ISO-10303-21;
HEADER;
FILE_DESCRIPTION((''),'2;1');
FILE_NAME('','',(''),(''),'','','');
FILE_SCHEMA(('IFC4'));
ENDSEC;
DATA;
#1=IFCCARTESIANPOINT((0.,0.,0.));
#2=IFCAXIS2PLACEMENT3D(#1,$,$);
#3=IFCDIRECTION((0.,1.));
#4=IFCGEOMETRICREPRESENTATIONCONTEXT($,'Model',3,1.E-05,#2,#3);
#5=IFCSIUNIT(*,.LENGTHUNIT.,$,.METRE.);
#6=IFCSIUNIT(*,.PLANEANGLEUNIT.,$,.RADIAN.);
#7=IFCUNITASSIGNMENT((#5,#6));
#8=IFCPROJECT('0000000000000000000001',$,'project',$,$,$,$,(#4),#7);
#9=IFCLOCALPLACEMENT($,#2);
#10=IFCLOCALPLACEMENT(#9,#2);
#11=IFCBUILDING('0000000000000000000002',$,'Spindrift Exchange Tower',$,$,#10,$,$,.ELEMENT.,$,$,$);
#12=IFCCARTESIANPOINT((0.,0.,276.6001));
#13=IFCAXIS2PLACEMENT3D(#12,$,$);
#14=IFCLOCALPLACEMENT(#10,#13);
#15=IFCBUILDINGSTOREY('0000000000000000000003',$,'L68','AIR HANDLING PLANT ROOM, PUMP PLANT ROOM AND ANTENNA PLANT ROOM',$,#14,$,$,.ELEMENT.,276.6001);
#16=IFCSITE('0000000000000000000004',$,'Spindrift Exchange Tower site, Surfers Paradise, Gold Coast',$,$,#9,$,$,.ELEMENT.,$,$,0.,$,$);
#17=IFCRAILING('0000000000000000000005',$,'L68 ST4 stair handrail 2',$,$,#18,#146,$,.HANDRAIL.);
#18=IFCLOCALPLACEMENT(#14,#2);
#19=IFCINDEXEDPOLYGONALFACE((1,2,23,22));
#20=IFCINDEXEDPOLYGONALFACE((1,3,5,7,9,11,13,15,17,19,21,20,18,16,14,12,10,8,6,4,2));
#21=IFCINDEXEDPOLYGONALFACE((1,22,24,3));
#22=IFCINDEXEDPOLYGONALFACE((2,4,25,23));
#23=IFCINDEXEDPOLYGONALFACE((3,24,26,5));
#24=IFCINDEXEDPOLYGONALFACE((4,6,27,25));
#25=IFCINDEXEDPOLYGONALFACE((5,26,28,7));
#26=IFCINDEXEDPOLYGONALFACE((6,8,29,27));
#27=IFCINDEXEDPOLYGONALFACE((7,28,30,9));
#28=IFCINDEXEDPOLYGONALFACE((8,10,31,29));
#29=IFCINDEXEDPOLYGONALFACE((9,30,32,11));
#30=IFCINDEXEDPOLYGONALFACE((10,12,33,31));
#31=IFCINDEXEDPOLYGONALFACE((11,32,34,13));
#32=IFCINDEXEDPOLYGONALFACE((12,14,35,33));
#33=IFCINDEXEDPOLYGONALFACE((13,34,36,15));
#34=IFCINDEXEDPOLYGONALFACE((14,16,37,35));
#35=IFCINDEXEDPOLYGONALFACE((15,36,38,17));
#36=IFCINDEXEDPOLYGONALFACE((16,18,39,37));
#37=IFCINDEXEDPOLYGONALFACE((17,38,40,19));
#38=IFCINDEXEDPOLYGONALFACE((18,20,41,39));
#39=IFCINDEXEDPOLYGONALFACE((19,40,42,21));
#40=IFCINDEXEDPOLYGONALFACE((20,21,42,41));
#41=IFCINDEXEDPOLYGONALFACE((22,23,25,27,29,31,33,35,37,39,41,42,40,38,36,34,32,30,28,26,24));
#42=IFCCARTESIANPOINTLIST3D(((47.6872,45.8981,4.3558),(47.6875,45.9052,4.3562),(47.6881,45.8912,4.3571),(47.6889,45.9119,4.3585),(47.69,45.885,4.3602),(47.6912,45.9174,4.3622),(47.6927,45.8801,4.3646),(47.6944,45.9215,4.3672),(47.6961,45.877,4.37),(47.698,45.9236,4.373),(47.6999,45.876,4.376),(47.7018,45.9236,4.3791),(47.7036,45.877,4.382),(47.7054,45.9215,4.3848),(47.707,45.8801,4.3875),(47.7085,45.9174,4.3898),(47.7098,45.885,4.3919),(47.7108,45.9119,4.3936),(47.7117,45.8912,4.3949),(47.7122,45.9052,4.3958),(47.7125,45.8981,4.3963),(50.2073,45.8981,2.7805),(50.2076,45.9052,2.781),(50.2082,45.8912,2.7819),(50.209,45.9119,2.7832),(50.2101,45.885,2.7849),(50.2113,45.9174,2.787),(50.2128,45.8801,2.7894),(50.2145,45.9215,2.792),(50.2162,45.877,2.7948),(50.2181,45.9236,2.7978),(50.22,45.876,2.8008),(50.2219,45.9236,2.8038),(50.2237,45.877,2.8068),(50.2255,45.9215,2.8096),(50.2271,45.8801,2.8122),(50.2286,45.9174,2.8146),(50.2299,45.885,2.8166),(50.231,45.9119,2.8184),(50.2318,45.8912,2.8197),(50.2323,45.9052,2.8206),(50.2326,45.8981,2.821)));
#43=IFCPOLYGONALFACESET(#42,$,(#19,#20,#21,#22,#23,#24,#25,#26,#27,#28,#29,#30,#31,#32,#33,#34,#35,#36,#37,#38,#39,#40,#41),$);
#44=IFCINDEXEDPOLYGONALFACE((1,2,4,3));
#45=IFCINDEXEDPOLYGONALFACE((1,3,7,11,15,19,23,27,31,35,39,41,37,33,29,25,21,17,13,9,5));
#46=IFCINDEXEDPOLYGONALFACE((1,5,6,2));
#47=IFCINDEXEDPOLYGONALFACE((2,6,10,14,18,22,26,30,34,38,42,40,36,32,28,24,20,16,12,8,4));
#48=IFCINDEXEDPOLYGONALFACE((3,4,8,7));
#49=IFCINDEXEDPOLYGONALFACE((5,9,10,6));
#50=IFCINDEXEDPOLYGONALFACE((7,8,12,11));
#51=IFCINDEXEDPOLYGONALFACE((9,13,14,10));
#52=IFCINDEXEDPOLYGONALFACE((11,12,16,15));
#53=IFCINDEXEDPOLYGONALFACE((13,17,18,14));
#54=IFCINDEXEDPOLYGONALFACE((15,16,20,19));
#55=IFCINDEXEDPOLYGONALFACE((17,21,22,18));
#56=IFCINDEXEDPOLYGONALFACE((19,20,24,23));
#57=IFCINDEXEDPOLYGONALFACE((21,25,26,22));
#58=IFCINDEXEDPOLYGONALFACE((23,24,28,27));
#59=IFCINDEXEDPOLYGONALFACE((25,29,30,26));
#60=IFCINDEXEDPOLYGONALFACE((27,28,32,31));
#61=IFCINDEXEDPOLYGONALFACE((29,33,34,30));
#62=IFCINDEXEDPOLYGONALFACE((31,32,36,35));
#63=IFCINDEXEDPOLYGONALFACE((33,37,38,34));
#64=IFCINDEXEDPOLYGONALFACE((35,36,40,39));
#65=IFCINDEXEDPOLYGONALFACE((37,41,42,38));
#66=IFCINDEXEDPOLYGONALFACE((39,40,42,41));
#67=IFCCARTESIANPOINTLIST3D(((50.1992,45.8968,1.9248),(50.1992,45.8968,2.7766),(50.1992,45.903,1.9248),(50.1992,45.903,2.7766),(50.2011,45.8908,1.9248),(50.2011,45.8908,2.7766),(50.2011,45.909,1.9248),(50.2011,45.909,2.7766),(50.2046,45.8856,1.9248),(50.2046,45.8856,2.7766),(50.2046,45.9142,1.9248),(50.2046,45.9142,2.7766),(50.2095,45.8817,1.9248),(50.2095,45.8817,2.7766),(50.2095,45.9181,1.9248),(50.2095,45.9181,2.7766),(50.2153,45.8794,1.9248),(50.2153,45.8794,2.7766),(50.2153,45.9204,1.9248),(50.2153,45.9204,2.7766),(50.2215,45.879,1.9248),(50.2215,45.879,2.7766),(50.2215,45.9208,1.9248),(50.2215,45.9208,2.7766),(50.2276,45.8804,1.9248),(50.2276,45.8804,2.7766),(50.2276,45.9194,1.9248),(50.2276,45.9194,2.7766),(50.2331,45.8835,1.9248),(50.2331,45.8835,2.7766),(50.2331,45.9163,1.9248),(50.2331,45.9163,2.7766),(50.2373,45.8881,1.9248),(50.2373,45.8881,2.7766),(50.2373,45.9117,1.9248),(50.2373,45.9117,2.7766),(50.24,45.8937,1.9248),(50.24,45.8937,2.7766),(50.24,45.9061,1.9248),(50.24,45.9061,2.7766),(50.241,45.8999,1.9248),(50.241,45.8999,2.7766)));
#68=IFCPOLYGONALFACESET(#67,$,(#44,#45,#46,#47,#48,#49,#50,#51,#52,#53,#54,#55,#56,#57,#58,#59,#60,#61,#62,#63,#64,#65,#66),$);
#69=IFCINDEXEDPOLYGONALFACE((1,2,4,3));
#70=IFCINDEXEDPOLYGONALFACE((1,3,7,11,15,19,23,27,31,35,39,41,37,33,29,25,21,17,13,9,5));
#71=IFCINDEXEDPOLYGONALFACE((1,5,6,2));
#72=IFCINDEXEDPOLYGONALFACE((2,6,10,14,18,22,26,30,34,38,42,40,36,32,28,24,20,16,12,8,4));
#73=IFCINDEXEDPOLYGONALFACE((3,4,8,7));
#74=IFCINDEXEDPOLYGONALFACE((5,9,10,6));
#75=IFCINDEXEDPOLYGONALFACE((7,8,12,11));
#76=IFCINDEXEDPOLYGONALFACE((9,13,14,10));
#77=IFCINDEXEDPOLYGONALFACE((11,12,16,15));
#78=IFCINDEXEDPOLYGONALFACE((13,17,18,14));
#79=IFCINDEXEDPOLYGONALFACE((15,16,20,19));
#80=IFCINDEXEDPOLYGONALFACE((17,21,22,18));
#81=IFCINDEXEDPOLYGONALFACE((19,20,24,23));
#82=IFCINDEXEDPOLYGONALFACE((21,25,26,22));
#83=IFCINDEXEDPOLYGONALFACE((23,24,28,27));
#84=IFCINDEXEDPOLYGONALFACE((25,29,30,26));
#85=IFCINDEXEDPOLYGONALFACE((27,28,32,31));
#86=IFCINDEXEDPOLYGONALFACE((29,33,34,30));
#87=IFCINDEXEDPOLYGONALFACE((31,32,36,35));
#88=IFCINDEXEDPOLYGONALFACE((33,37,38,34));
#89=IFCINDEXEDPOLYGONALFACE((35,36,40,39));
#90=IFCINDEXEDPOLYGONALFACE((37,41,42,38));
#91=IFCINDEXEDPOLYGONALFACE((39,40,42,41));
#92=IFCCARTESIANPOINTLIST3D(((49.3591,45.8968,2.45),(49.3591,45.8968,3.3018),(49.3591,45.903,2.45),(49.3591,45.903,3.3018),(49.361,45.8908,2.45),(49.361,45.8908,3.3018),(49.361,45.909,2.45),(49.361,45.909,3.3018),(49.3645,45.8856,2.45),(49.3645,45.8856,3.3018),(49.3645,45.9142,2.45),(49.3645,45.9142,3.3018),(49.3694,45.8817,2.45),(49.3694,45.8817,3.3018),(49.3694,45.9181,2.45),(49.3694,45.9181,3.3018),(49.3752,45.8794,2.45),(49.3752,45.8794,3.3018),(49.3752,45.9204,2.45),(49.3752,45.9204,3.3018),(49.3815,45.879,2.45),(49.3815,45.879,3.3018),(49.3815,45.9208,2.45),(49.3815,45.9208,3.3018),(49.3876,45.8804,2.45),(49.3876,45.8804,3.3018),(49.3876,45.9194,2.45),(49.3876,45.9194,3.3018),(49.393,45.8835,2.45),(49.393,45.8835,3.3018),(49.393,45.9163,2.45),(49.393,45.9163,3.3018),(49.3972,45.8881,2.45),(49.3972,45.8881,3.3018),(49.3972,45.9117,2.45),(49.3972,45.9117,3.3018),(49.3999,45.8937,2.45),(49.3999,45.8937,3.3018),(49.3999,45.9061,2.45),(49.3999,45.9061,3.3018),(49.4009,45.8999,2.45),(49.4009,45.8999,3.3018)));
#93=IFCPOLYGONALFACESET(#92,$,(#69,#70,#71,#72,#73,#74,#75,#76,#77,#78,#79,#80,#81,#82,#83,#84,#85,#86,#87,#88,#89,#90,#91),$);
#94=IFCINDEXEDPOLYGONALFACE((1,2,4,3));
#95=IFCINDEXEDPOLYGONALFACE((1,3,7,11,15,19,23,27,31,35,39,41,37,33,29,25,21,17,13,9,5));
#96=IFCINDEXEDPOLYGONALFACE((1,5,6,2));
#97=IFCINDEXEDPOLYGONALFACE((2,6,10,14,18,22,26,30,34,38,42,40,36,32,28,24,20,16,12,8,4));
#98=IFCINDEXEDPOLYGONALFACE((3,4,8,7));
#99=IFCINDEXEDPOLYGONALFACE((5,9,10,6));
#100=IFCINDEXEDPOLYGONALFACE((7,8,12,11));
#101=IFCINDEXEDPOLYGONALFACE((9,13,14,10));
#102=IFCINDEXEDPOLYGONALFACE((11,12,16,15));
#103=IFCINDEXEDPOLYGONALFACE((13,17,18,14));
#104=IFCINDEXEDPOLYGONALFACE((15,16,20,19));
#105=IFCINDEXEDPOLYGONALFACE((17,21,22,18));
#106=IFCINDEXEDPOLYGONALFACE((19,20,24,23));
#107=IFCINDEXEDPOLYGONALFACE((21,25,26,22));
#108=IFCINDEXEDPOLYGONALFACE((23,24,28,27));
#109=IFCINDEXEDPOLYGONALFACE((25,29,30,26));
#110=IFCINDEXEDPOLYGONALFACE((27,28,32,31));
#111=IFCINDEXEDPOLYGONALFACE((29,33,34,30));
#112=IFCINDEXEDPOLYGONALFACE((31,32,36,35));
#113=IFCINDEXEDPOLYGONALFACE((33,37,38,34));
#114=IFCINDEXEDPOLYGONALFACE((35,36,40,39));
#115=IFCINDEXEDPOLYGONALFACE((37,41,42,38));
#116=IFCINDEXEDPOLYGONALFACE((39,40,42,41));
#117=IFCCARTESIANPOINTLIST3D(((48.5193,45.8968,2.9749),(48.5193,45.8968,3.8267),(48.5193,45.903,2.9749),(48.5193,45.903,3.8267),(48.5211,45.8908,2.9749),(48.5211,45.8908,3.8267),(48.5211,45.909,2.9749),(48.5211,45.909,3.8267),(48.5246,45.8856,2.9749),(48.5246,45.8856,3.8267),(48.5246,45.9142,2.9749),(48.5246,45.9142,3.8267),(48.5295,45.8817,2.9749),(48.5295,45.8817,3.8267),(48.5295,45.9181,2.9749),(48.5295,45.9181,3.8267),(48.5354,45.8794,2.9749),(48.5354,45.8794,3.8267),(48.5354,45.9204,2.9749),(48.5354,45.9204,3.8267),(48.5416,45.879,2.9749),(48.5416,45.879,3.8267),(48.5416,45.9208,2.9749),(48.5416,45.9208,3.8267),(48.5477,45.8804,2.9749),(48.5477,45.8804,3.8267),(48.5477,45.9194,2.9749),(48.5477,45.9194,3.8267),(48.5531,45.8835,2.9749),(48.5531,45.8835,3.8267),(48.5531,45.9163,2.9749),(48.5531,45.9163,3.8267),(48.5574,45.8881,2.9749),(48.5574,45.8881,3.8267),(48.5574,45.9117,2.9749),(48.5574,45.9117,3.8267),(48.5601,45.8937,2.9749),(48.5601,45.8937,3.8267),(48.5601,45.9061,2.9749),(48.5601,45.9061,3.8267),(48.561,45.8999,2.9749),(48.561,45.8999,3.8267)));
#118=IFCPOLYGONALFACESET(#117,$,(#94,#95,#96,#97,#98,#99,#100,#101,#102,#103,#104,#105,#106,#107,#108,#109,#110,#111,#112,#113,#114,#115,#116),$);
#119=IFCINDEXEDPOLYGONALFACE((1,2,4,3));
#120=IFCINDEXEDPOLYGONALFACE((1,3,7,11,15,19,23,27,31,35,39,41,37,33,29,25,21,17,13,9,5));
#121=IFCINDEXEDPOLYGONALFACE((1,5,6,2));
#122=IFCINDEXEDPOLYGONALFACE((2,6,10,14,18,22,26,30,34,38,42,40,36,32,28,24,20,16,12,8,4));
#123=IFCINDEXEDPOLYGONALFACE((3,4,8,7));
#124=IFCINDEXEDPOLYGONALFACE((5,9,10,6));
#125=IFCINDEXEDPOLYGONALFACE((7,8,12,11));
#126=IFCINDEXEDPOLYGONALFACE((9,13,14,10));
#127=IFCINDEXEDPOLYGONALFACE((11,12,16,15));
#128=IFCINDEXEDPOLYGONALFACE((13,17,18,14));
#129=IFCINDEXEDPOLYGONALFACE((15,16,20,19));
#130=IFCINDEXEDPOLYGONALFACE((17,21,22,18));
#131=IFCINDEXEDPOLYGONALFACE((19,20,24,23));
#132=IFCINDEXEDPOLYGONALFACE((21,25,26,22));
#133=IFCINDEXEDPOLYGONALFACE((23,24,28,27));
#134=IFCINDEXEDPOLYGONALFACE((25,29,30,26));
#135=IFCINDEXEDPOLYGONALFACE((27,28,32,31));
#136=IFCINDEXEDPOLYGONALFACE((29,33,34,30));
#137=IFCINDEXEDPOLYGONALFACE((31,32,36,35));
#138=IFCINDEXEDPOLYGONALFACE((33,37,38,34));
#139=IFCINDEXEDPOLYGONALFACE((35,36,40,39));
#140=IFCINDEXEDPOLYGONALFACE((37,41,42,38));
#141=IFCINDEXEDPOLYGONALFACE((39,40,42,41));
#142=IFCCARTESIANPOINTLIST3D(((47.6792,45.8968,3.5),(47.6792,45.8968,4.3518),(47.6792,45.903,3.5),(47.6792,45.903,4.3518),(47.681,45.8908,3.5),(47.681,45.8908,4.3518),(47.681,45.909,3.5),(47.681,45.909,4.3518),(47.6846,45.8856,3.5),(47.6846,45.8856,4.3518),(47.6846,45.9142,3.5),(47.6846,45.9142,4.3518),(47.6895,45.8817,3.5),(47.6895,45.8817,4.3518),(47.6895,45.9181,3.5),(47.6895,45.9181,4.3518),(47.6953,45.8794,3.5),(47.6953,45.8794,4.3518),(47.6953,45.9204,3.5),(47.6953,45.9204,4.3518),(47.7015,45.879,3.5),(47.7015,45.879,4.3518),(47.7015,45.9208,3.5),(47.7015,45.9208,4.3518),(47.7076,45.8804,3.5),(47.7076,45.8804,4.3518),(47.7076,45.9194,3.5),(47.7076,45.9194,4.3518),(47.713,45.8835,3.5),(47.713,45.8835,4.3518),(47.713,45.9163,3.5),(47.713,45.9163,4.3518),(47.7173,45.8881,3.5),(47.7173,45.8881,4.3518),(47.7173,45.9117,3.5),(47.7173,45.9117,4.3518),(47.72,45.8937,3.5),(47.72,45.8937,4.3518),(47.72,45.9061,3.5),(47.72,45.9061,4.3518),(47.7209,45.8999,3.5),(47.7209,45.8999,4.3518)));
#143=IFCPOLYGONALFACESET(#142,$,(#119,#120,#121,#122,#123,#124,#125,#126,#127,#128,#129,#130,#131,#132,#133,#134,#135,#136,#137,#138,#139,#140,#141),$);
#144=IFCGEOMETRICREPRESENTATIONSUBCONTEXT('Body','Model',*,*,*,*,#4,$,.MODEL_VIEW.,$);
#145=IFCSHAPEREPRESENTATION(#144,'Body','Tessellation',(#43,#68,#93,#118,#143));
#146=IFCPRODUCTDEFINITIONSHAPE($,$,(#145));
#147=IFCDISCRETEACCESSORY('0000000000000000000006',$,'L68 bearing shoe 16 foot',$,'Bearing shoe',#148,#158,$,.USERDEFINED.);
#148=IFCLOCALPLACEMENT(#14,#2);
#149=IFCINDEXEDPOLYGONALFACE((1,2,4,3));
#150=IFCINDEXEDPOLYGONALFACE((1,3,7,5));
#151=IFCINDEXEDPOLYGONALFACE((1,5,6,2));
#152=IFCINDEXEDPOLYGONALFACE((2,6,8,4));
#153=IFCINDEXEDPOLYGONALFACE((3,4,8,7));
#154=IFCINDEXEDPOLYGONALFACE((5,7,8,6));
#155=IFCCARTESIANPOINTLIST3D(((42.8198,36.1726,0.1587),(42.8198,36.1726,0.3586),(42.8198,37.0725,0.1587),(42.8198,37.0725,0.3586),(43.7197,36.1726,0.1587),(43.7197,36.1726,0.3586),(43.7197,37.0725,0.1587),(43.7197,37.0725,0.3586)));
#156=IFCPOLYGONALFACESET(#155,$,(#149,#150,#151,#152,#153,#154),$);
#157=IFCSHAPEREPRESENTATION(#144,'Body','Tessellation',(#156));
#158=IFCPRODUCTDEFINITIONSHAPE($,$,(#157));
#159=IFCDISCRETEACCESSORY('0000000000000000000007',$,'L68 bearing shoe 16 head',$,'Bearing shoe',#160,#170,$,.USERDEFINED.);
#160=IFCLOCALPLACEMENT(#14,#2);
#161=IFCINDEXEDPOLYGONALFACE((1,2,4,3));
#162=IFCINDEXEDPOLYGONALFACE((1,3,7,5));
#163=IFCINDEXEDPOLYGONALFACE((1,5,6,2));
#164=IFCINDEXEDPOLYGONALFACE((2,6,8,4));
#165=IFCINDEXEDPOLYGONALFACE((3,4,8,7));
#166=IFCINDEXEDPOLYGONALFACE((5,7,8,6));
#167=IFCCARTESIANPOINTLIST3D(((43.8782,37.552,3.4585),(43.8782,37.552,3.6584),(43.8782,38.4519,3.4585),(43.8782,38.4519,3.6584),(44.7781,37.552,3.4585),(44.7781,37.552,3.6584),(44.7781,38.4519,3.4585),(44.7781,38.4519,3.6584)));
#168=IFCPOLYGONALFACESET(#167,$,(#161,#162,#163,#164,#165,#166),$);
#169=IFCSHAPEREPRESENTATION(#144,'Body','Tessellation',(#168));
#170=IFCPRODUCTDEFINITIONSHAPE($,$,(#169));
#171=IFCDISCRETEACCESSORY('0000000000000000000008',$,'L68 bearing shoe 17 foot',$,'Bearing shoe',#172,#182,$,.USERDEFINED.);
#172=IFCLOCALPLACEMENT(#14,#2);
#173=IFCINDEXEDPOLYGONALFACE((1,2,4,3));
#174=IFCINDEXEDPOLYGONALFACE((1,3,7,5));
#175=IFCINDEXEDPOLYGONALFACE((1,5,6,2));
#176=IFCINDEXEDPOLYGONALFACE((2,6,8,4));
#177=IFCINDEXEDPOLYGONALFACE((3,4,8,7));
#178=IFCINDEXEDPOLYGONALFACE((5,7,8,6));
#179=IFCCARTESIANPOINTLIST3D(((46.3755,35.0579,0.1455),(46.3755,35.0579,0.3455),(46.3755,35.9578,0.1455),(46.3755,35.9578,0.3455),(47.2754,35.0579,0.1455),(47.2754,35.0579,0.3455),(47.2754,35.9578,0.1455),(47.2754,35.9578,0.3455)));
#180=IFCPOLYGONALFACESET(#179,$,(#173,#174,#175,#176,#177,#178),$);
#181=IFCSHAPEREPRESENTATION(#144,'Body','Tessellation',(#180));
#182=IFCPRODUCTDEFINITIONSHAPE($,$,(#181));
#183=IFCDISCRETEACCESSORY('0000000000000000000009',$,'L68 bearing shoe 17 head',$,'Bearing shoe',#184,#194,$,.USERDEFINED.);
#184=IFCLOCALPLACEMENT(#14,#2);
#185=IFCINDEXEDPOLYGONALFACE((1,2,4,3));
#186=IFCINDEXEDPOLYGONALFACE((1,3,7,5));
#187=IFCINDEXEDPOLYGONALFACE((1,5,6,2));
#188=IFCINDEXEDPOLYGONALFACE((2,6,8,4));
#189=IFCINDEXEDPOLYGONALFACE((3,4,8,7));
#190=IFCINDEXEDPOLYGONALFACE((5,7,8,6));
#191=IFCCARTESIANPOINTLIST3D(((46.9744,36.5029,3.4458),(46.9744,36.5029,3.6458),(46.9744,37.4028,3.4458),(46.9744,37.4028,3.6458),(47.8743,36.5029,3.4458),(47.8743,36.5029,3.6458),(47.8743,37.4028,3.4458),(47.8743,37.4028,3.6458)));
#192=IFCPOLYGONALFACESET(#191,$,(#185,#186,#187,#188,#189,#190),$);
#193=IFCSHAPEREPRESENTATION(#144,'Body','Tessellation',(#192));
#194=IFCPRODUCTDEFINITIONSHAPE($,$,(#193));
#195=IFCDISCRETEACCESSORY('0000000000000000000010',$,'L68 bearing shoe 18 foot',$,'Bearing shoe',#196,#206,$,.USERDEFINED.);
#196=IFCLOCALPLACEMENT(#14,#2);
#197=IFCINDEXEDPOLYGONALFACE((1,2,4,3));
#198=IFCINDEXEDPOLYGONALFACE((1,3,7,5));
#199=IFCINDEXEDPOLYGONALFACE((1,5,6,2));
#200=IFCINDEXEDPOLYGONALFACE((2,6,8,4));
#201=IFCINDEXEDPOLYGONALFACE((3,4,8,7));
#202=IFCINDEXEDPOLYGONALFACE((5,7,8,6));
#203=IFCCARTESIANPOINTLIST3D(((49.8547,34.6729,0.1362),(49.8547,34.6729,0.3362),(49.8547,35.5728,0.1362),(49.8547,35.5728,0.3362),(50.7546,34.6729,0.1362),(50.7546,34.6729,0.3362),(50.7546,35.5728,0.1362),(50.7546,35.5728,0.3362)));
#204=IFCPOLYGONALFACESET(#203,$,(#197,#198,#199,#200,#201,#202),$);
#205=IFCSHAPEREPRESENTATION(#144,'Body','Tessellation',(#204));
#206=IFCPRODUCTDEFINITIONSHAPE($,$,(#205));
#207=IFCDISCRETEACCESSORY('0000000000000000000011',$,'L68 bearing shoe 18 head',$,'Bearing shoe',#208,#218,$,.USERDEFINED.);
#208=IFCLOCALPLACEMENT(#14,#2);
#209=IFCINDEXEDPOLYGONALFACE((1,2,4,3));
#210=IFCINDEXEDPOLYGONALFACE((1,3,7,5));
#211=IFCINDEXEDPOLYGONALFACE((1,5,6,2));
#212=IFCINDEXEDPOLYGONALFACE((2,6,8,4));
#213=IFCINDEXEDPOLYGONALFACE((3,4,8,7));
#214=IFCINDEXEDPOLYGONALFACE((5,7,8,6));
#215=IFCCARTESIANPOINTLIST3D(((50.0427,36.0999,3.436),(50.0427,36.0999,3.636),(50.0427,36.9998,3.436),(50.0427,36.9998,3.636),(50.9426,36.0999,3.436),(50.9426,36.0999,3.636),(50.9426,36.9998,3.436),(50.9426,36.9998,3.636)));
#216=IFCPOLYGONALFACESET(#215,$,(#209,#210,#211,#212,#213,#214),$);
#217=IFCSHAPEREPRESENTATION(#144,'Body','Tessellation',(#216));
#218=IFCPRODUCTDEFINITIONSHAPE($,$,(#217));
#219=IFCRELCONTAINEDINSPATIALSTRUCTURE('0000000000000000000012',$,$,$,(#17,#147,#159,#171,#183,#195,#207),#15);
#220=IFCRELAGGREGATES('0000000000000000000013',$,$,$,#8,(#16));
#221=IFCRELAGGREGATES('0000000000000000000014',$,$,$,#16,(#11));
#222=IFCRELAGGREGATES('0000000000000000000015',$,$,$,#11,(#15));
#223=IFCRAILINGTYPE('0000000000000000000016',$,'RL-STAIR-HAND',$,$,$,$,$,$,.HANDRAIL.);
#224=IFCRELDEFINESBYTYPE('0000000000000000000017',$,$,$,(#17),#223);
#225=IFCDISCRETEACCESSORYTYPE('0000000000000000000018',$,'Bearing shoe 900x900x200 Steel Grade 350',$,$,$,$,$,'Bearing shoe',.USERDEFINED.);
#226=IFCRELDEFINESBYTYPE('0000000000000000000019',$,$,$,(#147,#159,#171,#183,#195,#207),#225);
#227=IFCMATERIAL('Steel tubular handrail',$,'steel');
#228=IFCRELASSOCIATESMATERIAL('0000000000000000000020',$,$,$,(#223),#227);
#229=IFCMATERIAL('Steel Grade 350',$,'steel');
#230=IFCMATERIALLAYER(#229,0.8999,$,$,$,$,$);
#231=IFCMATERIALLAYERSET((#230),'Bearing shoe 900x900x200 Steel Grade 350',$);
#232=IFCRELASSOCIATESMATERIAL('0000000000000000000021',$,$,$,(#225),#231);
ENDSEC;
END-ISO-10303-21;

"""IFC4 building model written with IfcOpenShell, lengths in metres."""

from ifc_helpers import new_model, si_unit, direction, frame, origin, origin_2d, place, context, subcontext, project, spatial, rectangle, circle, extrude, source, transform, mapped, material, layer, layer_set, type_object, element, save


model = new_model("IFC4")

# Units and contexts
model_context = context("Model", 3, precision=1e-05, world=origin(), true_north=direction((0.0, 1.0)))
body_context = subcontext(model_context, "Body", "Model", "MODEL_VIEW")
ifc_project = project(units=[si_unit("LENGTHUNIT", "METRE"), si_unit("PLANEANGLEUNIT", "RADIAN")], contexts=[model_context])

# Site, building, storey
site_placement = place(None, origin())
site = spatial("IfcSite", under=ifc_project, at=site_placement, Name="Spindrift Exchange Tower site, Surfers Paradise, Gold Coast", CompositionType="ELEMENT", RefElevation=0.0)
building_placement = place(site_placement, origin())
building = spatial("IfcBuilding", under=site, at=building_placement, Name="Spindrift Exchange Tower", CompositionType="ELEMENT")
storey_placement = place(building_placement, frame((0.0, 0.0, 276.6001)))
storey = spatial("IfcBuildingStorey", under=building, at=storey_placement, Name="L68", Description="AIR HANDLING PLANT ROOM, PUMP PLANT ROOM AND ANTENNA PLANT ROOM", CompositionType="ELEMENT", Elevation=276.6001)

# Railing
ifc_material_1 = material(Name="Steel tubular handrail", Category="steel")
railing_type_1 = type_object("IfcRailingType", Name="RL-STAIR-HAND", PredefinedType="HANDRAIL", material=ifc_material_1)
railing_1_placement = place(storey_placement, frame((50.22, 45.8999, 1.9248)))
element("IfcRailing", 1, at=railing_1_placement, inside=storey, type_object=railing_type_1, Name="L68 ST4 stair handrail 2", PredefinedType="HANDRAIL", context=body_context, shape_type="SweptSolid", body=[
    extrude(circle(Radius=0.0239, at=origin_2d()), frame((0.0, 0.0, 0.876), z_axis=(-0.847971, 0.0, 0.530043), x_axis=(0.0, -1.0, 0.0)), (0.0, 0.0, 1.0), 2.9719),
    extrude(circle(Radius=0.021, at=origin_2d()), origin(), (0.0, 0.0, 1.0), 0.8518),
    extrude(circle(Radius=0.021, at=origin_2d()), frame((-0.8401, 0.0, 0.5251)), (0.0, 0.0, 1.0), 0.8518),
    extrude(circle(Radius=0.021, at=origin_2d()), frame((-1.6799, 0.0, 1.05)), (0.0, 0.0, 1.0), 0.8518),
    extrude(circle(Radius=0.021, at=origin_2d()), frame((-2.52, 0.0, 1.5752)), (0.0, 0.0, 1.0), 0.8518),
])

# Discrete accessories
ifc_material_2 = material(Name="Steel Grade 350", Category="steel")
ifc_layer_1 = layer(ifc_material_2, 0.8999)
ifc_layer_set_1 = layer_set([ifc_layer_1], Name="Bearing shoe 900x900x200 Steel Grade 350")
discrete_accessory_type = type_object("IfcDiscreteAccessoryType", Name="Bearing shoe 900x900x200 Steel Grade 350", ElementType="Bearing shoe", PredefinedType="USERDEFINED", material=ifc_layer_set_1)
shared_shape_1 = source(origin(), body_context, "Body", "SweptSolid", [
    extrude(rectangle(XDim=0.8999, YDim=0.8999, at=origin_2d()), origin(), (0.0, 0.0, 1.0), 0.2),
])
for number, where, z_axis, x_axis, name in (
    (2, (43.2698, 36.6226, 0.1587), (0.0, 0.0, 1.0), (1.0, 0.0, 0.0), "L68 bearing shoe 16 foot"),
    (3, (44.3281, 38.002, 3.4585), (0.0, 0.0, 1.0), (1.0, 0.0, 0.0), "L68 bearing shoe 16 head"),
    (4, (46.8254, 35.5078, 0.1455), (0.0, 0.0, 1.0), (1.0, 0.0, 0.0), "L68 bearing shoe 17 foot"),
    (5, (47.4243, 36.9529, 3.4458), (0.0, 0.0, 1.0), (1.0, 0.0, 0.0), "L68 bearing shoe 17 head"),
    (6, (50.3047, 35.1228, 0.1362), (0.0, 0.0, 1.0), (1.0, 0.0, 0.0), "L68 bearing shoe 18 foot"),
    (7, (50.4927, 36.5498, 3.436), (0.0, 0.0, 1.0), (1.0, 0.0, 0.0), "L68 bearing shoe 18 head"),
):
    element("IfcDiscreteAccessory", number, at=place(storey_placement, frame(where, z_axis=z_axis, x_axis=x_axis)), inside=storey, type_object=discrete_accessory_type, Name=name, ObjectType="Bearing shoe", PredefinedType="USERDEFINED", context=body_context, shape_type="MappedRepresentation", body=[
        mapped(shared_shape_1, transform((0.0, 0.0, 0.0), scale=1.0)),
    ])

save(model, "model.ifc")
